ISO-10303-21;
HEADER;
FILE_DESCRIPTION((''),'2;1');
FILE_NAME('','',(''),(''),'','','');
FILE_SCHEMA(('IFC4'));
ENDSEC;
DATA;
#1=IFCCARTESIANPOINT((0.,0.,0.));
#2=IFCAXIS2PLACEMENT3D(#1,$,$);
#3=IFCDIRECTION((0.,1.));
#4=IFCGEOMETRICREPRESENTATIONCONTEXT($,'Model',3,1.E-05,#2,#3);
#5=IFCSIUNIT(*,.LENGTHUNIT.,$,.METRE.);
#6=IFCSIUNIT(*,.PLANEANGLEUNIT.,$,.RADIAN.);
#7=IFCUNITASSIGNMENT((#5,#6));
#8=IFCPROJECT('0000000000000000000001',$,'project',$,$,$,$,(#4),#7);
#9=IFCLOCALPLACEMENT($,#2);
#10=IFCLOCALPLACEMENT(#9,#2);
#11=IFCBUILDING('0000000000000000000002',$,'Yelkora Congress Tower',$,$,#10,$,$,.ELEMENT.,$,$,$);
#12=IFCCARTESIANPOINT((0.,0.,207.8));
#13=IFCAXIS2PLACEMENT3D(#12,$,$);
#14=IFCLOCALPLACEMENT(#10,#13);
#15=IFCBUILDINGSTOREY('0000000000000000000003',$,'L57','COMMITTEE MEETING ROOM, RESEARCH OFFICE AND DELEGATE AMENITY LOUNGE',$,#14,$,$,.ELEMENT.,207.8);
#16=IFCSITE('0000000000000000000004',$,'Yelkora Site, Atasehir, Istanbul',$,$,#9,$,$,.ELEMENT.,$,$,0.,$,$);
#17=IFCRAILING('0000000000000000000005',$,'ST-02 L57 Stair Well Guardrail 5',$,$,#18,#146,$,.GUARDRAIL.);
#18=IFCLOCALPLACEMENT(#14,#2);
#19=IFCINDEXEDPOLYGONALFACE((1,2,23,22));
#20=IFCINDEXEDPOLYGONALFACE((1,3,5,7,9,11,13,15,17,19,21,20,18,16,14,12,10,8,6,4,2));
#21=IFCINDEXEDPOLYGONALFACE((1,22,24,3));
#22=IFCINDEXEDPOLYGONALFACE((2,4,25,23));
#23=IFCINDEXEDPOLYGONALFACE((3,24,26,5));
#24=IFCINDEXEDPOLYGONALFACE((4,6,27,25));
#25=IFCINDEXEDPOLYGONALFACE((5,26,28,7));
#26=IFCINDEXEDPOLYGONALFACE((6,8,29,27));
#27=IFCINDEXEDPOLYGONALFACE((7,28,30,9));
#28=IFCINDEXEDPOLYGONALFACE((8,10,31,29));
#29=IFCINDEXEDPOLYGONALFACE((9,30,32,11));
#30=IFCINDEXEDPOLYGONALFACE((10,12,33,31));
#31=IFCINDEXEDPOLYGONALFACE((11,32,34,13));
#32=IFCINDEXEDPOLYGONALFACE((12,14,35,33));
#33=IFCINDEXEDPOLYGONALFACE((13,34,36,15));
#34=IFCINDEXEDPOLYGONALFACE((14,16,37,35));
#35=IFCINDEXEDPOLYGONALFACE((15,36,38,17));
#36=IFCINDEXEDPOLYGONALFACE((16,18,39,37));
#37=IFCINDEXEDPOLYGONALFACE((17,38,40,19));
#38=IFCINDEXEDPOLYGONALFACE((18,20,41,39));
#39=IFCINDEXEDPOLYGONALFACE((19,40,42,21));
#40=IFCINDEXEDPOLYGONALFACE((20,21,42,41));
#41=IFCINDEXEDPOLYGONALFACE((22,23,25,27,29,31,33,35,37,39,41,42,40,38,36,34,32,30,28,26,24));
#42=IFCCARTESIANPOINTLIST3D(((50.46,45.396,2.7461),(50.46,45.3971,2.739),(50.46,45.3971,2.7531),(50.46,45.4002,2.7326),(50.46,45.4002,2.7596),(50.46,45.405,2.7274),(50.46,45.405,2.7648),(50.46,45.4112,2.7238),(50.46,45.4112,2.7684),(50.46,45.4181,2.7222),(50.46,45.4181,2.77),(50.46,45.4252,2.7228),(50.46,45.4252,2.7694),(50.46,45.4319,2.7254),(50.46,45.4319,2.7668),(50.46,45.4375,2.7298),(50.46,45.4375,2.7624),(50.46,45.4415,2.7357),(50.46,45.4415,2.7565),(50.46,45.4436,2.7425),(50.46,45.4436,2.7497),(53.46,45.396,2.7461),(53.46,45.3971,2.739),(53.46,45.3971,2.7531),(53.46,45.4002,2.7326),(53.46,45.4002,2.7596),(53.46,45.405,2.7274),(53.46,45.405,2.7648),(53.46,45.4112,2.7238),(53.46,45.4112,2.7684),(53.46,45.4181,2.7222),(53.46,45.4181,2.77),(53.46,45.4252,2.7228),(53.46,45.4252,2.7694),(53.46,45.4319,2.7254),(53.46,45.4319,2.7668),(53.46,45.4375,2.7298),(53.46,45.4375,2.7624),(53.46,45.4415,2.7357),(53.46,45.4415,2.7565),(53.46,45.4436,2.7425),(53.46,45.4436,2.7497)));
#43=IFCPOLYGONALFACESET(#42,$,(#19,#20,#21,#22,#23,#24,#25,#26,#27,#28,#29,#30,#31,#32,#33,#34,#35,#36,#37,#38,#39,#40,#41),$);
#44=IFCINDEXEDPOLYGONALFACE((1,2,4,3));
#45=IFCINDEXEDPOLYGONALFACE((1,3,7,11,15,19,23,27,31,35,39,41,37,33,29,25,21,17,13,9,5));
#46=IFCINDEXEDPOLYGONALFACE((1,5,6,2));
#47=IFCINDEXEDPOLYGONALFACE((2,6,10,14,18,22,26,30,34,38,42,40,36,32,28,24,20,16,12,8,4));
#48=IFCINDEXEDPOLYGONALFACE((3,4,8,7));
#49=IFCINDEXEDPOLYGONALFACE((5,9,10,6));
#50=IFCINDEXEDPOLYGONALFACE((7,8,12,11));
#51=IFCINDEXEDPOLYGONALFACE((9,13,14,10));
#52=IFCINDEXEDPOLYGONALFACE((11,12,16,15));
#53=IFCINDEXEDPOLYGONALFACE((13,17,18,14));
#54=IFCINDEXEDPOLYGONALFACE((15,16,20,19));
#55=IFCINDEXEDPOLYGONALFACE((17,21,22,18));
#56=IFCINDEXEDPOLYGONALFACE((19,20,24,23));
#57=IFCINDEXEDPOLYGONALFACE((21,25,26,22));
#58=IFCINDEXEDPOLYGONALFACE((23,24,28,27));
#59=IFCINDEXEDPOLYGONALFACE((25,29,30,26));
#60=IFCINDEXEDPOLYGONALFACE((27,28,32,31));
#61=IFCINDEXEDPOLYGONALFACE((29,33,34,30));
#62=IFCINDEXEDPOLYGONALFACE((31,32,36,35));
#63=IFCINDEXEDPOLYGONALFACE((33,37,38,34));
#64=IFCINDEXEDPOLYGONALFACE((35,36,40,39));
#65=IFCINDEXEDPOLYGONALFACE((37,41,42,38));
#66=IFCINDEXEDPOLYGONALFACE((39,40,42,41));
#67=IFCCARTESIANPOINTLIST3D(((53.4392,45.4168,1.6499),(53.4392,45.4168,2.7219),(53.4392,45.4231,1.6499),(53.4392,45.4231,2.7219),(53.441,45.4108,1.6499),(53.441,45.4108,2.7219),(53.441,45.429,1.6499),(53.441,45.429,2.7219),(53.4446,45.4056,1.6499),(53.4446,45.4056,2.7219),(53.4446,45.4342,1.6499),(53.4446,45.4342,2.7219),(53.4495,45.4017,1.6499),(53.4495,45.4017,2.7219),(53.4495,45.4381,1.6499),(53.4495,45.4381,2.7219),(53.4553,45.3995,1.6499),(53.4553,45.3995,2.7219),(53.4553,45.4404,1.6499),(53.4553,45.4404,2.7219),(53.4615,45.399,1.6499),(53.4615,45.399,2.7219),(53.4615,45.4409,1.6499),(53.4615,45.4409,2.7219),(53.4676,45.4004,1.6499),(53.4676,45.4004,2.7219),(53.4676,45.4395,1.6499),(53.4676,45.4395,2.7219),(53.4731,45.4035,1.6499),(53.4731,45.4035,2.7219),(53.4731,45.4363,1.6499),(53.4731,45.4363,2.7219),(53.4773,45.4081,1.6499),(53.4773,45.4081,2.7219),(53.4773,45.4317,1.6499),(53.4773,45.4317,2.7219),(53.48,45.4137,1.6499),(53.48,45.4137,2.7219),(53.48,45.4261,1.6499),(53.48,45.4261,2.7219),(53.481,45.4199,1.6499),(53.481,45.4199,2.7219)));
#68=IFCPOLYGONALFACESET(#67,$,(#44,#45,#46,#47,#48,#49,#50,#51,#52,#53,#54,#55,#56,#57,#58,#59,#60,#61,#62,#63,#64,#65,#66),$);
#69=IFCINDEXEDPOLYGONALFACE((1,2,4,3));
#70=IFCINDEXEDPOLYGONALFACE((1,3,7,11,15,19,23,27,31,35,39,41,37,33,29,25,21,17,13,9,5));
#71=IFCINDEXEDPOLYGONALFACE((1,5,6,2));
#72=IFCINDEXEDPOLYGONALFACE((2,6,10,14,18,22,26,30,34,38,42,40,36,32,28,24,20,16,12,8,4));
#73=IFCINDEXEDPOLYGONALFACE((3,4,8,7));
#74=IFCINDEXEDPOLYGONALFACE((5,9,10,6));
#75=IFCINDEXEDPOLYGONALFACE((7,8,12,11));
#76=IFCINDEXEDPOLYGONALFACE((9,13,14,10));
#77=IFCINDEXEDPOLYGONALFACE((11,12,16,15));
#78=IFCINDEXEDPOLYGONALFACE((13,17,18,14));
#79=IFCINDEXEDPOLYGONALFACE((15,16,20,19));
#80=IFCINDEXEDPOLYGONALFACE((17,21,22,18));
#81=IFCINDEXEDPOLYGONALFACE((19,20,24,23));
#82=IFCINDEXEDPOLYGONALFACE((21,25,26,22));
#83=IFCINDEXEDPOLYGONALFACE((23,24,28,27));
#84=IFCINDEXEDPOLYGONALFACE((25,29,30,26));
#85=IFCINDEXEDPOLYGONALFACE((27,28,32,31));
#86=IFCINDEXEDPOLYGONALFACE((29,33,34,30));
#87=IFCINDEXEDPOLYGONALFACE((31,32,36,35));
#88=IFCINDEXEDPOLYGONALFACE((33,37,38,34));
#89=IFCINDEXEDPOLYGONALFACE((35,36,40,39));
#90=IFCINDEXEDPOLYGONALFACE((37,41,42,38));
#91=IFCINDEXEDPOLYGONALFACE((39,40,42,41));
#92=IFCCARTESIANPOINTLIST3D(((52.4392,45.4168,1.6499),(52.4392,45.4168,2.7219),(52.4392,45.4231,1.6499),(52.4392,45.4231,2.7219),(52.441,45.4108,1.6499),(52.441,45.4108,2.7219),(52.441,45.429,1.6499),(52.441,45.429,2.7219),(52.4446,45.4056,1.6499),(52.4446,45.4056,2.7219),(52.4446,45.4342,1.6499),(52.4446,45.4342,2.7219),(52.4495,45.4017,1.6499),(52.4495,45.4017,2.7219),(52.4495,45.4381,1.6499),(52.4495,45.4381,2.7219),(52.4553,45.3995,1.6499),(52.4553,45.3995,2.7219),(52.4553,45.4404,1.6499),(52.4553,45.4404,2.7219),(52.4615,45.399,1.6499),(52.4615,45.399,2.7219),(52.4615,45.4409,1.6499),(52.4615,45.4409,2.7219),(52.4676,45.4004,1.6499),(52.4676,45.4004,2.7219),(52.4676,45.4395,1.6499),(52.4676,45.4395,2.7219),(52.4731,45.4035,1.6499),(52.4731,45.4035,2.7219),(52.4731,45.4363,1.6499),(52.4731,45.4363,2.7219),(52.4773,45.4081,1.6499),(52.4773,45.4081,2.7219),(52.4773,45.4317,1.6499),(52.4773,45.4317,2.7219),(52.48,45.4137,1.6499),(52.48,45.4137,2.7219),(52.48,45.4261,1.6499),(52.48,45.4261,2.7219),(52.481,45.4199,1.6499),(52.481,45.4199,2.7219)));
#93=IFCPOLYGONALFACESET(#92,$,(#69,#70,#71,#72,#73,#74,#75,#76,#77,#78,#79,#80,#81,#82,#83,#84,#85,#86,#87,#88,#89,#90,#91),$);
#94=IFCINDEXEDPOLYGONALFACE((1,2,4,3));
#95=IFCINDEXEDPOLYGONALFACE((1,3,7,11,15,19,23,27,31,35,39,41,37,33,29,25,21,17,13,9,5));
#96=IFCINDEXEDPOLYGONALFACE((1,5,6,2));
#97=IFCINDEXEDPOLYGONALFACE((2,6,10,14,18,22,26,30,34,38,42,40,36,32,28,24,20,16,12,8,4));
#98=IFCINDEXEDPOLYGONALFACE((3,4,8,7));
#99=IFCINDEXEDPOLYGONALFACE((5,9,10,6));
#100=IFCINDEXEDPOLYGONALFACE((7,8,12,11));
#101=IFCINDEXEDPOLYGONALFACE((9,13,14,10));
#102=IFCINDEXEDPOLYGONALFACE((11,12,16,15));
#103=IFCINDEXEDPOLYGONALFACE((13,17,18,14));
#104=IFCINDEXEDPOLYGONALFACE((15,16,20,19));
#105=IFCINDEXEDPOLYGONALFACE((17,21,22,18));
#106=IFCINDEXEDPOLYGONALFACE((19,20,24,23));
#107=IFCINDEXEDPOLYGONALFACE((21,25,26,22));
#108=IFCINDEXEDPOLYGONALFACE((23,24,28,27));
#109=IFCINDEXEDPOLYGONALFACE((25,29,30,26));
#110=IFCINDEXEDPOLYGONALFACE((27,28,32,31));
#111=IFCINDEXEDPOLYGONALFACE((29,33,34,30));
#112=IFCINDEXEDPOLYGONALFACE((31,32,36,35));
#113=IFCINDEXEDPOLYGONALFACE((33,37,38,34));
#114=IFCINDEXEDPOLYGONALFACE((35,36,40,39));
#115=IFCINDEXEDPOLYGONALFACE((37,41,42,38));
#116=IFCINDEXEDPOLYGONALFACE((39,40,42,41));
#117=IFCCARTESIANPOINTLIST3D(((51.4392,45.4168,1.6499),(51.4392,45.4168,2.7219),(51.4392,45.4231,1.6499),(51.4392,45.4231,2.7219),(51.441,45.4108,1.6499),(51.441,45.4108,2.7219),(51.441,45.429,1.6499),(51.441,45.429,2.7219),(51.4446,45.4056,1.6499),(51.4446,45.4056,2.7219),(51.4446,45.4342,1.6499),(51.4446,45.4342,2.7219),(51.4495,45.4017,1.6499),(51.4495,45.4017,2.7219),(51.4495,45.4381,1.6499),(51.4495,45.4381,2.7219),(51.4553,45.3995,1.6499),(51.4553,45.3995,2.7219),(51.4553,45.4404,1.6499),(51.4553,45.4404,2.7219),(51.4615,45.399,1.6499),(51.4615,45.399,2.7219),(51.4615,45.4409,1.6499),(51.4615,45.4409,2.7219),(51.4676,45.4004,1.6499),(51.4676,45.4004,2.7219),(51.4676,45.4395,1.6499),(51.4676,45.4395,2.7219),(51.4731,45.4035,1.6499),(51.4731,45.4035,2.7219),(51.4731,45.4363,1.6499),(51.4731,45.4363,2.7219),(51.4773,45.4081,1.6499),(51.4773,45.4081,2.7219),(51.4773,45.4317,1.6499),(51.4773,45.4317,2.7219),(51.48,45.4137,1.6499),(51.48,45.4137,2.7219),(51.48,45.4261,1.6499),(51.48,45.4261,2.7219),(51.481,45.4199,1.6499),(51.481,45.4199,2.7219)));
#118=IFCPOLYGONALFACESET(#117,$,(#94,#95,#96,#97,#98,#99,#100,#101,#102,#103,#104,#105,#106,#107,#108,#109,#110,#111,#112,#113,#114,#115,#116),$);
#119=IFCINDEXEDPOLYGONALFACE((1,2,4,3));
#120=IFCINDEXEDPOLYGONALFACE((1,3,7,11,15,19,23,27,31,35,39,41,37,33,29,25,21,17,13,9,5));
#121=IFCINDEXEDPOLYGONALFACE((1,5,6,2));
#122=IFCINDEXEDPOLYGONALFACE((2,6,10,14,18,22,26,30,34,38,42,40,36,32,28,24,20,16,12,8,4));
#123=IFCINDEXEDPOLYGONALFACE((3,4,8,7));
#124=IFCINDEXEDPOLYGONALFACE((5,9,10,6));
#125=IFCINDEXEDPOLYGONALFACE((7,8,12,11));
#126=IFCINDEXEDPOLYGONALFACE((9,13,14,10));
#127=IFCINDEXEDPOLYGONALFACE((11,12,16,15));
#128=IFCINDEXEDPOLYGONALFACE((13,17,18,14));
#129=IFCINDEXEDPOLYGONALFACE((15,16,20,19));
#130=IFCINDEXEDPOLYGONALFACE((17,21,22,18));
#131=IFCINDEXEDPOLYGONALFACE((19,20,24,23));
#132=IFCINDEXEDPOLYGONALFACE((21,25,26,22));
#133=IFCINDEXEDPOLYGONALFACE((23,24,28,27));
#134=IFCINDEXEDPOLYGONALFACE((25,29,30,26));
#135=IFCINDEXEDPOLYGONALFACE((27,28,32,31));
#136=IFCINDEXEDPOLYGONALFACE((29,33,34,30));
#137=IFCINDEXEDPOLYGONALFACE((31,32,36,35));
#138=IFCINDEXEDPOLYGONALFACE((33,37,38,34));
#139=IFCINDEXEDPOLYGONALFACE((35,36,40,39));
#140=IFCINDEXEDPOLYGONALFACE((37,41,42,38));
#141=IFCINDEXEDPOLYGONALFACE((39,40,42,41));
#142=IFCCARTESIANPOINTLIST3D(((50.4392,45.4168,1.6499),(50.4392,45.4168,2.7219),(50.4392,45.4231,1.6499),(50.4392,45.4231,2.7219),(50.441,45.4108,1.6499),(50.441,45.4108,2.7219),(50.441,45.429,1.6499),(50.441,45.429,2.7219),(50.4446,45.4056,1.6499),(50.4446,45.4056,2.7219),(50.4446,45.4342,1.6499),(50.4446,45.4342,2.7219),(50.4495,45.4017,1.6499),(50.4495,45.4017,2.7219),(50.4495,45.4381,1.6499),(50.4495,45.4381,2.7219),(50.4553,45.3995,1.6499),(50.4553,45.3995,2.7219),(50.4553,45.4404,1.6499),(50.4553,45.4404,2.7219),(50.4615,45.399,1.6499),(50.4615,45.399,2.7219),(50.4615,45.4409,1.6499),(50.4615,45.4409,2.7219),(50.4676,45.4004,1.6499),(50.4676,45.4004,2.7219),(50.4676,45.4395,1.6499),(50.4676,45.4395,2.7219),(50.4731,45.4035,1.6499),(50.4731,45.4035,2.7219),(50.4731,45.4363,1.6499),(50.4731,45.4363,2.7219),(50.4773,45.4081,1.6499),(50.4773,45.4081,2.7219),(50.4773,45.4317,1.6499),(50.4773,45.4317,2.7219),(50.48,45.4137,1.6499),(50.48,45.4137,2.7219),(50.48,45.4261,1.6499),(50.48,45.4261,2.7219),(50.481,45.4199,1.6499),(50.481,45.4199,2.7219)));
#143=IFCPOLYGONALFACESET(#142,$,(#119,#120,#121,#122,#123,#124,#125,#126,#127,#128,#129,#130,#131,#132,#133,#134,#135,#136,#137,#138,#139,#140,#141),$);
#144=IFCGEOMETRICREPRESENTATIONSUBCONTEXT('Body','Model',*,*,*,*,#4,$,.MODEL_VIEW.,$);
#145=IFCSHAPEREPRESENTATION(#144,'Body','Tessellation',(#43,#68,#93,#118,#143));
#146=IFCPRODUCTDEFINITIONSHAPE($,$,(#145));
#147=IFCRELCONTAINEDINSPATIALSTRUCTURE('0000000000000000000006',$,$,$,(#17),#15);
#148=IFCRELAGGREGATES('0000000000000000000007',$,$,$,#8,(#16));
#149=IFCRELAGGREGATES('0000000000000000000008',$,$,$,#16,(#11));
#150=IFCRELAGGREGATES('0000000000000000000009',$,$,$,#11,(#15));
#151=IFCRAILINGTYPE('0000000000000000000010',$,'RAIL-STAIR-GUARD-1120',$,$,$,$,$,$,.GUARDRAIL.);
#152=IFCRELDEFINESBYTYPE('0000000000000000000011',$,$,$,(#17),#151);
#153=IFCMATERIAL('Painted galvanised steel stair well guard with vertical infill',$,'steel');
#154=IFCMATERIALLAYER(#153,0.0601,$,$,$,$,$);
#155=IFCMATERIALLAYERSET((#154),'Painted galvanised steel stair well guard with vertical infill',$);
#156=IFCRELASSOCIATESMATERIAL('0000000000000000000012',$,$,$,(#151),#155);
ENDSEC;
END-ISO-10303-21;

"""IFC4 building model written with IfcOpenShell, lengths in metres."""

from ifc_helpers import new_model, si_unit, direction, frame, origin, origin_2d, place, context, subcontext, project, spatial, circle, extrude, material, layer, layer_set, type_object, element, save


model = new_model("IFC4")

# Units and contexts
model_context = context("Model", 3, precision=1e-05, world=origin(), true_north=direction((0.0, 1.0)))
body_context = subcontext(model_context, "Body", "Model", "MODEL_VIEW")
ifc_project = project(units=[si_unit("LENGTHUNIT", "METRE"), si_unit("PLANEANGLEUNIT", "RADIAN")], contexts=[model_context])

# Site, building, storey
site_placement = place(None, origin())
site = spatial("IfcSite", under=ifc_project, at=site_placement, Name="Yelkora Site, Atasehir, Istanbul", CompositionType="ELEMENT", RefElevation=0.0)
building_placement = place(site_placement, origin())
building = spatial("IfcBuilding", under=site, at=building_placement, Name="Yelkora Congress Tower", CompositionType="ELEMENT")
storey_placement = place(building_placement, frame((0.0, 0.0, 207.8)))
storey = spatial("IfcBuildingStorey", under=building, at=storey_placement, Name="L57", Description="COMMITTEE MEETING ROOM, RESEARCH OFFICE AND DELEGATE AMENITY LOUNGE", CompositionType="ELEMENT", Elevation=207.8)

# Railing
ifc_material_1 = material(Name="Painted galvanised steel stair well guard with vertical infill", Category="steel")
ifc_layer_1 = layer(ifc_material_1, 0.0601)
ifc_layer_set_1 = layer_set([ifc_layer_1], Name="Painted galvanised steel stair well guard with vertical infill")
railing_type_1 = type_object("IfcRailingType", Name="RAIL-STAIR-GUARD-1120", PredefinedType="GUARDRAIL", material=ifc_layer_set_1)
railing_1_placement = place(storey_placement, frame((53.46, 45.4199, 1.6499)))
element("IfcRailing", 1, at=railing_1_placement, inside=storey, type_object=railing_type_1, Name="ST-02 L57 Stair Well Guardrail 5", PredefinedType="GUARDRAIL", context=body_context, shape_type="SweptSolid", body=[
    extrude(circle(Radius=0.0239, at=origin_2d()), frame((0.0, 0.0, 1.0962), z_axis=(-1.0, 0.0, 0.0), x_axis=(0.0, -1.0, 0.0)), (0.0, 0.0, 1.0), 3.0),
    extrude(circle(Radius=0.021, at=origin_2d()), origin(), (0.0, 0.0, 1.0), 1.072),
    extrude(circle(Radius=0.021, at=origin_2d()), frame((-1.0, 0.0, 0.0)), (0.0, 0.0, 1.0), 1.072),
    extrude(circle(Radius=0.021, at=origin_2d()), frame((-2.0, 0.0, 0.0)), (0.0, 0.0, 1.0), 1.072),
    extrude(circle(Radius=0.021, at=origin_2d()), frame((-3.0, 0.0, 0.0)), (0.0, 0.0, 1.0), 1.072),
])

save(model, "model.ifc")
